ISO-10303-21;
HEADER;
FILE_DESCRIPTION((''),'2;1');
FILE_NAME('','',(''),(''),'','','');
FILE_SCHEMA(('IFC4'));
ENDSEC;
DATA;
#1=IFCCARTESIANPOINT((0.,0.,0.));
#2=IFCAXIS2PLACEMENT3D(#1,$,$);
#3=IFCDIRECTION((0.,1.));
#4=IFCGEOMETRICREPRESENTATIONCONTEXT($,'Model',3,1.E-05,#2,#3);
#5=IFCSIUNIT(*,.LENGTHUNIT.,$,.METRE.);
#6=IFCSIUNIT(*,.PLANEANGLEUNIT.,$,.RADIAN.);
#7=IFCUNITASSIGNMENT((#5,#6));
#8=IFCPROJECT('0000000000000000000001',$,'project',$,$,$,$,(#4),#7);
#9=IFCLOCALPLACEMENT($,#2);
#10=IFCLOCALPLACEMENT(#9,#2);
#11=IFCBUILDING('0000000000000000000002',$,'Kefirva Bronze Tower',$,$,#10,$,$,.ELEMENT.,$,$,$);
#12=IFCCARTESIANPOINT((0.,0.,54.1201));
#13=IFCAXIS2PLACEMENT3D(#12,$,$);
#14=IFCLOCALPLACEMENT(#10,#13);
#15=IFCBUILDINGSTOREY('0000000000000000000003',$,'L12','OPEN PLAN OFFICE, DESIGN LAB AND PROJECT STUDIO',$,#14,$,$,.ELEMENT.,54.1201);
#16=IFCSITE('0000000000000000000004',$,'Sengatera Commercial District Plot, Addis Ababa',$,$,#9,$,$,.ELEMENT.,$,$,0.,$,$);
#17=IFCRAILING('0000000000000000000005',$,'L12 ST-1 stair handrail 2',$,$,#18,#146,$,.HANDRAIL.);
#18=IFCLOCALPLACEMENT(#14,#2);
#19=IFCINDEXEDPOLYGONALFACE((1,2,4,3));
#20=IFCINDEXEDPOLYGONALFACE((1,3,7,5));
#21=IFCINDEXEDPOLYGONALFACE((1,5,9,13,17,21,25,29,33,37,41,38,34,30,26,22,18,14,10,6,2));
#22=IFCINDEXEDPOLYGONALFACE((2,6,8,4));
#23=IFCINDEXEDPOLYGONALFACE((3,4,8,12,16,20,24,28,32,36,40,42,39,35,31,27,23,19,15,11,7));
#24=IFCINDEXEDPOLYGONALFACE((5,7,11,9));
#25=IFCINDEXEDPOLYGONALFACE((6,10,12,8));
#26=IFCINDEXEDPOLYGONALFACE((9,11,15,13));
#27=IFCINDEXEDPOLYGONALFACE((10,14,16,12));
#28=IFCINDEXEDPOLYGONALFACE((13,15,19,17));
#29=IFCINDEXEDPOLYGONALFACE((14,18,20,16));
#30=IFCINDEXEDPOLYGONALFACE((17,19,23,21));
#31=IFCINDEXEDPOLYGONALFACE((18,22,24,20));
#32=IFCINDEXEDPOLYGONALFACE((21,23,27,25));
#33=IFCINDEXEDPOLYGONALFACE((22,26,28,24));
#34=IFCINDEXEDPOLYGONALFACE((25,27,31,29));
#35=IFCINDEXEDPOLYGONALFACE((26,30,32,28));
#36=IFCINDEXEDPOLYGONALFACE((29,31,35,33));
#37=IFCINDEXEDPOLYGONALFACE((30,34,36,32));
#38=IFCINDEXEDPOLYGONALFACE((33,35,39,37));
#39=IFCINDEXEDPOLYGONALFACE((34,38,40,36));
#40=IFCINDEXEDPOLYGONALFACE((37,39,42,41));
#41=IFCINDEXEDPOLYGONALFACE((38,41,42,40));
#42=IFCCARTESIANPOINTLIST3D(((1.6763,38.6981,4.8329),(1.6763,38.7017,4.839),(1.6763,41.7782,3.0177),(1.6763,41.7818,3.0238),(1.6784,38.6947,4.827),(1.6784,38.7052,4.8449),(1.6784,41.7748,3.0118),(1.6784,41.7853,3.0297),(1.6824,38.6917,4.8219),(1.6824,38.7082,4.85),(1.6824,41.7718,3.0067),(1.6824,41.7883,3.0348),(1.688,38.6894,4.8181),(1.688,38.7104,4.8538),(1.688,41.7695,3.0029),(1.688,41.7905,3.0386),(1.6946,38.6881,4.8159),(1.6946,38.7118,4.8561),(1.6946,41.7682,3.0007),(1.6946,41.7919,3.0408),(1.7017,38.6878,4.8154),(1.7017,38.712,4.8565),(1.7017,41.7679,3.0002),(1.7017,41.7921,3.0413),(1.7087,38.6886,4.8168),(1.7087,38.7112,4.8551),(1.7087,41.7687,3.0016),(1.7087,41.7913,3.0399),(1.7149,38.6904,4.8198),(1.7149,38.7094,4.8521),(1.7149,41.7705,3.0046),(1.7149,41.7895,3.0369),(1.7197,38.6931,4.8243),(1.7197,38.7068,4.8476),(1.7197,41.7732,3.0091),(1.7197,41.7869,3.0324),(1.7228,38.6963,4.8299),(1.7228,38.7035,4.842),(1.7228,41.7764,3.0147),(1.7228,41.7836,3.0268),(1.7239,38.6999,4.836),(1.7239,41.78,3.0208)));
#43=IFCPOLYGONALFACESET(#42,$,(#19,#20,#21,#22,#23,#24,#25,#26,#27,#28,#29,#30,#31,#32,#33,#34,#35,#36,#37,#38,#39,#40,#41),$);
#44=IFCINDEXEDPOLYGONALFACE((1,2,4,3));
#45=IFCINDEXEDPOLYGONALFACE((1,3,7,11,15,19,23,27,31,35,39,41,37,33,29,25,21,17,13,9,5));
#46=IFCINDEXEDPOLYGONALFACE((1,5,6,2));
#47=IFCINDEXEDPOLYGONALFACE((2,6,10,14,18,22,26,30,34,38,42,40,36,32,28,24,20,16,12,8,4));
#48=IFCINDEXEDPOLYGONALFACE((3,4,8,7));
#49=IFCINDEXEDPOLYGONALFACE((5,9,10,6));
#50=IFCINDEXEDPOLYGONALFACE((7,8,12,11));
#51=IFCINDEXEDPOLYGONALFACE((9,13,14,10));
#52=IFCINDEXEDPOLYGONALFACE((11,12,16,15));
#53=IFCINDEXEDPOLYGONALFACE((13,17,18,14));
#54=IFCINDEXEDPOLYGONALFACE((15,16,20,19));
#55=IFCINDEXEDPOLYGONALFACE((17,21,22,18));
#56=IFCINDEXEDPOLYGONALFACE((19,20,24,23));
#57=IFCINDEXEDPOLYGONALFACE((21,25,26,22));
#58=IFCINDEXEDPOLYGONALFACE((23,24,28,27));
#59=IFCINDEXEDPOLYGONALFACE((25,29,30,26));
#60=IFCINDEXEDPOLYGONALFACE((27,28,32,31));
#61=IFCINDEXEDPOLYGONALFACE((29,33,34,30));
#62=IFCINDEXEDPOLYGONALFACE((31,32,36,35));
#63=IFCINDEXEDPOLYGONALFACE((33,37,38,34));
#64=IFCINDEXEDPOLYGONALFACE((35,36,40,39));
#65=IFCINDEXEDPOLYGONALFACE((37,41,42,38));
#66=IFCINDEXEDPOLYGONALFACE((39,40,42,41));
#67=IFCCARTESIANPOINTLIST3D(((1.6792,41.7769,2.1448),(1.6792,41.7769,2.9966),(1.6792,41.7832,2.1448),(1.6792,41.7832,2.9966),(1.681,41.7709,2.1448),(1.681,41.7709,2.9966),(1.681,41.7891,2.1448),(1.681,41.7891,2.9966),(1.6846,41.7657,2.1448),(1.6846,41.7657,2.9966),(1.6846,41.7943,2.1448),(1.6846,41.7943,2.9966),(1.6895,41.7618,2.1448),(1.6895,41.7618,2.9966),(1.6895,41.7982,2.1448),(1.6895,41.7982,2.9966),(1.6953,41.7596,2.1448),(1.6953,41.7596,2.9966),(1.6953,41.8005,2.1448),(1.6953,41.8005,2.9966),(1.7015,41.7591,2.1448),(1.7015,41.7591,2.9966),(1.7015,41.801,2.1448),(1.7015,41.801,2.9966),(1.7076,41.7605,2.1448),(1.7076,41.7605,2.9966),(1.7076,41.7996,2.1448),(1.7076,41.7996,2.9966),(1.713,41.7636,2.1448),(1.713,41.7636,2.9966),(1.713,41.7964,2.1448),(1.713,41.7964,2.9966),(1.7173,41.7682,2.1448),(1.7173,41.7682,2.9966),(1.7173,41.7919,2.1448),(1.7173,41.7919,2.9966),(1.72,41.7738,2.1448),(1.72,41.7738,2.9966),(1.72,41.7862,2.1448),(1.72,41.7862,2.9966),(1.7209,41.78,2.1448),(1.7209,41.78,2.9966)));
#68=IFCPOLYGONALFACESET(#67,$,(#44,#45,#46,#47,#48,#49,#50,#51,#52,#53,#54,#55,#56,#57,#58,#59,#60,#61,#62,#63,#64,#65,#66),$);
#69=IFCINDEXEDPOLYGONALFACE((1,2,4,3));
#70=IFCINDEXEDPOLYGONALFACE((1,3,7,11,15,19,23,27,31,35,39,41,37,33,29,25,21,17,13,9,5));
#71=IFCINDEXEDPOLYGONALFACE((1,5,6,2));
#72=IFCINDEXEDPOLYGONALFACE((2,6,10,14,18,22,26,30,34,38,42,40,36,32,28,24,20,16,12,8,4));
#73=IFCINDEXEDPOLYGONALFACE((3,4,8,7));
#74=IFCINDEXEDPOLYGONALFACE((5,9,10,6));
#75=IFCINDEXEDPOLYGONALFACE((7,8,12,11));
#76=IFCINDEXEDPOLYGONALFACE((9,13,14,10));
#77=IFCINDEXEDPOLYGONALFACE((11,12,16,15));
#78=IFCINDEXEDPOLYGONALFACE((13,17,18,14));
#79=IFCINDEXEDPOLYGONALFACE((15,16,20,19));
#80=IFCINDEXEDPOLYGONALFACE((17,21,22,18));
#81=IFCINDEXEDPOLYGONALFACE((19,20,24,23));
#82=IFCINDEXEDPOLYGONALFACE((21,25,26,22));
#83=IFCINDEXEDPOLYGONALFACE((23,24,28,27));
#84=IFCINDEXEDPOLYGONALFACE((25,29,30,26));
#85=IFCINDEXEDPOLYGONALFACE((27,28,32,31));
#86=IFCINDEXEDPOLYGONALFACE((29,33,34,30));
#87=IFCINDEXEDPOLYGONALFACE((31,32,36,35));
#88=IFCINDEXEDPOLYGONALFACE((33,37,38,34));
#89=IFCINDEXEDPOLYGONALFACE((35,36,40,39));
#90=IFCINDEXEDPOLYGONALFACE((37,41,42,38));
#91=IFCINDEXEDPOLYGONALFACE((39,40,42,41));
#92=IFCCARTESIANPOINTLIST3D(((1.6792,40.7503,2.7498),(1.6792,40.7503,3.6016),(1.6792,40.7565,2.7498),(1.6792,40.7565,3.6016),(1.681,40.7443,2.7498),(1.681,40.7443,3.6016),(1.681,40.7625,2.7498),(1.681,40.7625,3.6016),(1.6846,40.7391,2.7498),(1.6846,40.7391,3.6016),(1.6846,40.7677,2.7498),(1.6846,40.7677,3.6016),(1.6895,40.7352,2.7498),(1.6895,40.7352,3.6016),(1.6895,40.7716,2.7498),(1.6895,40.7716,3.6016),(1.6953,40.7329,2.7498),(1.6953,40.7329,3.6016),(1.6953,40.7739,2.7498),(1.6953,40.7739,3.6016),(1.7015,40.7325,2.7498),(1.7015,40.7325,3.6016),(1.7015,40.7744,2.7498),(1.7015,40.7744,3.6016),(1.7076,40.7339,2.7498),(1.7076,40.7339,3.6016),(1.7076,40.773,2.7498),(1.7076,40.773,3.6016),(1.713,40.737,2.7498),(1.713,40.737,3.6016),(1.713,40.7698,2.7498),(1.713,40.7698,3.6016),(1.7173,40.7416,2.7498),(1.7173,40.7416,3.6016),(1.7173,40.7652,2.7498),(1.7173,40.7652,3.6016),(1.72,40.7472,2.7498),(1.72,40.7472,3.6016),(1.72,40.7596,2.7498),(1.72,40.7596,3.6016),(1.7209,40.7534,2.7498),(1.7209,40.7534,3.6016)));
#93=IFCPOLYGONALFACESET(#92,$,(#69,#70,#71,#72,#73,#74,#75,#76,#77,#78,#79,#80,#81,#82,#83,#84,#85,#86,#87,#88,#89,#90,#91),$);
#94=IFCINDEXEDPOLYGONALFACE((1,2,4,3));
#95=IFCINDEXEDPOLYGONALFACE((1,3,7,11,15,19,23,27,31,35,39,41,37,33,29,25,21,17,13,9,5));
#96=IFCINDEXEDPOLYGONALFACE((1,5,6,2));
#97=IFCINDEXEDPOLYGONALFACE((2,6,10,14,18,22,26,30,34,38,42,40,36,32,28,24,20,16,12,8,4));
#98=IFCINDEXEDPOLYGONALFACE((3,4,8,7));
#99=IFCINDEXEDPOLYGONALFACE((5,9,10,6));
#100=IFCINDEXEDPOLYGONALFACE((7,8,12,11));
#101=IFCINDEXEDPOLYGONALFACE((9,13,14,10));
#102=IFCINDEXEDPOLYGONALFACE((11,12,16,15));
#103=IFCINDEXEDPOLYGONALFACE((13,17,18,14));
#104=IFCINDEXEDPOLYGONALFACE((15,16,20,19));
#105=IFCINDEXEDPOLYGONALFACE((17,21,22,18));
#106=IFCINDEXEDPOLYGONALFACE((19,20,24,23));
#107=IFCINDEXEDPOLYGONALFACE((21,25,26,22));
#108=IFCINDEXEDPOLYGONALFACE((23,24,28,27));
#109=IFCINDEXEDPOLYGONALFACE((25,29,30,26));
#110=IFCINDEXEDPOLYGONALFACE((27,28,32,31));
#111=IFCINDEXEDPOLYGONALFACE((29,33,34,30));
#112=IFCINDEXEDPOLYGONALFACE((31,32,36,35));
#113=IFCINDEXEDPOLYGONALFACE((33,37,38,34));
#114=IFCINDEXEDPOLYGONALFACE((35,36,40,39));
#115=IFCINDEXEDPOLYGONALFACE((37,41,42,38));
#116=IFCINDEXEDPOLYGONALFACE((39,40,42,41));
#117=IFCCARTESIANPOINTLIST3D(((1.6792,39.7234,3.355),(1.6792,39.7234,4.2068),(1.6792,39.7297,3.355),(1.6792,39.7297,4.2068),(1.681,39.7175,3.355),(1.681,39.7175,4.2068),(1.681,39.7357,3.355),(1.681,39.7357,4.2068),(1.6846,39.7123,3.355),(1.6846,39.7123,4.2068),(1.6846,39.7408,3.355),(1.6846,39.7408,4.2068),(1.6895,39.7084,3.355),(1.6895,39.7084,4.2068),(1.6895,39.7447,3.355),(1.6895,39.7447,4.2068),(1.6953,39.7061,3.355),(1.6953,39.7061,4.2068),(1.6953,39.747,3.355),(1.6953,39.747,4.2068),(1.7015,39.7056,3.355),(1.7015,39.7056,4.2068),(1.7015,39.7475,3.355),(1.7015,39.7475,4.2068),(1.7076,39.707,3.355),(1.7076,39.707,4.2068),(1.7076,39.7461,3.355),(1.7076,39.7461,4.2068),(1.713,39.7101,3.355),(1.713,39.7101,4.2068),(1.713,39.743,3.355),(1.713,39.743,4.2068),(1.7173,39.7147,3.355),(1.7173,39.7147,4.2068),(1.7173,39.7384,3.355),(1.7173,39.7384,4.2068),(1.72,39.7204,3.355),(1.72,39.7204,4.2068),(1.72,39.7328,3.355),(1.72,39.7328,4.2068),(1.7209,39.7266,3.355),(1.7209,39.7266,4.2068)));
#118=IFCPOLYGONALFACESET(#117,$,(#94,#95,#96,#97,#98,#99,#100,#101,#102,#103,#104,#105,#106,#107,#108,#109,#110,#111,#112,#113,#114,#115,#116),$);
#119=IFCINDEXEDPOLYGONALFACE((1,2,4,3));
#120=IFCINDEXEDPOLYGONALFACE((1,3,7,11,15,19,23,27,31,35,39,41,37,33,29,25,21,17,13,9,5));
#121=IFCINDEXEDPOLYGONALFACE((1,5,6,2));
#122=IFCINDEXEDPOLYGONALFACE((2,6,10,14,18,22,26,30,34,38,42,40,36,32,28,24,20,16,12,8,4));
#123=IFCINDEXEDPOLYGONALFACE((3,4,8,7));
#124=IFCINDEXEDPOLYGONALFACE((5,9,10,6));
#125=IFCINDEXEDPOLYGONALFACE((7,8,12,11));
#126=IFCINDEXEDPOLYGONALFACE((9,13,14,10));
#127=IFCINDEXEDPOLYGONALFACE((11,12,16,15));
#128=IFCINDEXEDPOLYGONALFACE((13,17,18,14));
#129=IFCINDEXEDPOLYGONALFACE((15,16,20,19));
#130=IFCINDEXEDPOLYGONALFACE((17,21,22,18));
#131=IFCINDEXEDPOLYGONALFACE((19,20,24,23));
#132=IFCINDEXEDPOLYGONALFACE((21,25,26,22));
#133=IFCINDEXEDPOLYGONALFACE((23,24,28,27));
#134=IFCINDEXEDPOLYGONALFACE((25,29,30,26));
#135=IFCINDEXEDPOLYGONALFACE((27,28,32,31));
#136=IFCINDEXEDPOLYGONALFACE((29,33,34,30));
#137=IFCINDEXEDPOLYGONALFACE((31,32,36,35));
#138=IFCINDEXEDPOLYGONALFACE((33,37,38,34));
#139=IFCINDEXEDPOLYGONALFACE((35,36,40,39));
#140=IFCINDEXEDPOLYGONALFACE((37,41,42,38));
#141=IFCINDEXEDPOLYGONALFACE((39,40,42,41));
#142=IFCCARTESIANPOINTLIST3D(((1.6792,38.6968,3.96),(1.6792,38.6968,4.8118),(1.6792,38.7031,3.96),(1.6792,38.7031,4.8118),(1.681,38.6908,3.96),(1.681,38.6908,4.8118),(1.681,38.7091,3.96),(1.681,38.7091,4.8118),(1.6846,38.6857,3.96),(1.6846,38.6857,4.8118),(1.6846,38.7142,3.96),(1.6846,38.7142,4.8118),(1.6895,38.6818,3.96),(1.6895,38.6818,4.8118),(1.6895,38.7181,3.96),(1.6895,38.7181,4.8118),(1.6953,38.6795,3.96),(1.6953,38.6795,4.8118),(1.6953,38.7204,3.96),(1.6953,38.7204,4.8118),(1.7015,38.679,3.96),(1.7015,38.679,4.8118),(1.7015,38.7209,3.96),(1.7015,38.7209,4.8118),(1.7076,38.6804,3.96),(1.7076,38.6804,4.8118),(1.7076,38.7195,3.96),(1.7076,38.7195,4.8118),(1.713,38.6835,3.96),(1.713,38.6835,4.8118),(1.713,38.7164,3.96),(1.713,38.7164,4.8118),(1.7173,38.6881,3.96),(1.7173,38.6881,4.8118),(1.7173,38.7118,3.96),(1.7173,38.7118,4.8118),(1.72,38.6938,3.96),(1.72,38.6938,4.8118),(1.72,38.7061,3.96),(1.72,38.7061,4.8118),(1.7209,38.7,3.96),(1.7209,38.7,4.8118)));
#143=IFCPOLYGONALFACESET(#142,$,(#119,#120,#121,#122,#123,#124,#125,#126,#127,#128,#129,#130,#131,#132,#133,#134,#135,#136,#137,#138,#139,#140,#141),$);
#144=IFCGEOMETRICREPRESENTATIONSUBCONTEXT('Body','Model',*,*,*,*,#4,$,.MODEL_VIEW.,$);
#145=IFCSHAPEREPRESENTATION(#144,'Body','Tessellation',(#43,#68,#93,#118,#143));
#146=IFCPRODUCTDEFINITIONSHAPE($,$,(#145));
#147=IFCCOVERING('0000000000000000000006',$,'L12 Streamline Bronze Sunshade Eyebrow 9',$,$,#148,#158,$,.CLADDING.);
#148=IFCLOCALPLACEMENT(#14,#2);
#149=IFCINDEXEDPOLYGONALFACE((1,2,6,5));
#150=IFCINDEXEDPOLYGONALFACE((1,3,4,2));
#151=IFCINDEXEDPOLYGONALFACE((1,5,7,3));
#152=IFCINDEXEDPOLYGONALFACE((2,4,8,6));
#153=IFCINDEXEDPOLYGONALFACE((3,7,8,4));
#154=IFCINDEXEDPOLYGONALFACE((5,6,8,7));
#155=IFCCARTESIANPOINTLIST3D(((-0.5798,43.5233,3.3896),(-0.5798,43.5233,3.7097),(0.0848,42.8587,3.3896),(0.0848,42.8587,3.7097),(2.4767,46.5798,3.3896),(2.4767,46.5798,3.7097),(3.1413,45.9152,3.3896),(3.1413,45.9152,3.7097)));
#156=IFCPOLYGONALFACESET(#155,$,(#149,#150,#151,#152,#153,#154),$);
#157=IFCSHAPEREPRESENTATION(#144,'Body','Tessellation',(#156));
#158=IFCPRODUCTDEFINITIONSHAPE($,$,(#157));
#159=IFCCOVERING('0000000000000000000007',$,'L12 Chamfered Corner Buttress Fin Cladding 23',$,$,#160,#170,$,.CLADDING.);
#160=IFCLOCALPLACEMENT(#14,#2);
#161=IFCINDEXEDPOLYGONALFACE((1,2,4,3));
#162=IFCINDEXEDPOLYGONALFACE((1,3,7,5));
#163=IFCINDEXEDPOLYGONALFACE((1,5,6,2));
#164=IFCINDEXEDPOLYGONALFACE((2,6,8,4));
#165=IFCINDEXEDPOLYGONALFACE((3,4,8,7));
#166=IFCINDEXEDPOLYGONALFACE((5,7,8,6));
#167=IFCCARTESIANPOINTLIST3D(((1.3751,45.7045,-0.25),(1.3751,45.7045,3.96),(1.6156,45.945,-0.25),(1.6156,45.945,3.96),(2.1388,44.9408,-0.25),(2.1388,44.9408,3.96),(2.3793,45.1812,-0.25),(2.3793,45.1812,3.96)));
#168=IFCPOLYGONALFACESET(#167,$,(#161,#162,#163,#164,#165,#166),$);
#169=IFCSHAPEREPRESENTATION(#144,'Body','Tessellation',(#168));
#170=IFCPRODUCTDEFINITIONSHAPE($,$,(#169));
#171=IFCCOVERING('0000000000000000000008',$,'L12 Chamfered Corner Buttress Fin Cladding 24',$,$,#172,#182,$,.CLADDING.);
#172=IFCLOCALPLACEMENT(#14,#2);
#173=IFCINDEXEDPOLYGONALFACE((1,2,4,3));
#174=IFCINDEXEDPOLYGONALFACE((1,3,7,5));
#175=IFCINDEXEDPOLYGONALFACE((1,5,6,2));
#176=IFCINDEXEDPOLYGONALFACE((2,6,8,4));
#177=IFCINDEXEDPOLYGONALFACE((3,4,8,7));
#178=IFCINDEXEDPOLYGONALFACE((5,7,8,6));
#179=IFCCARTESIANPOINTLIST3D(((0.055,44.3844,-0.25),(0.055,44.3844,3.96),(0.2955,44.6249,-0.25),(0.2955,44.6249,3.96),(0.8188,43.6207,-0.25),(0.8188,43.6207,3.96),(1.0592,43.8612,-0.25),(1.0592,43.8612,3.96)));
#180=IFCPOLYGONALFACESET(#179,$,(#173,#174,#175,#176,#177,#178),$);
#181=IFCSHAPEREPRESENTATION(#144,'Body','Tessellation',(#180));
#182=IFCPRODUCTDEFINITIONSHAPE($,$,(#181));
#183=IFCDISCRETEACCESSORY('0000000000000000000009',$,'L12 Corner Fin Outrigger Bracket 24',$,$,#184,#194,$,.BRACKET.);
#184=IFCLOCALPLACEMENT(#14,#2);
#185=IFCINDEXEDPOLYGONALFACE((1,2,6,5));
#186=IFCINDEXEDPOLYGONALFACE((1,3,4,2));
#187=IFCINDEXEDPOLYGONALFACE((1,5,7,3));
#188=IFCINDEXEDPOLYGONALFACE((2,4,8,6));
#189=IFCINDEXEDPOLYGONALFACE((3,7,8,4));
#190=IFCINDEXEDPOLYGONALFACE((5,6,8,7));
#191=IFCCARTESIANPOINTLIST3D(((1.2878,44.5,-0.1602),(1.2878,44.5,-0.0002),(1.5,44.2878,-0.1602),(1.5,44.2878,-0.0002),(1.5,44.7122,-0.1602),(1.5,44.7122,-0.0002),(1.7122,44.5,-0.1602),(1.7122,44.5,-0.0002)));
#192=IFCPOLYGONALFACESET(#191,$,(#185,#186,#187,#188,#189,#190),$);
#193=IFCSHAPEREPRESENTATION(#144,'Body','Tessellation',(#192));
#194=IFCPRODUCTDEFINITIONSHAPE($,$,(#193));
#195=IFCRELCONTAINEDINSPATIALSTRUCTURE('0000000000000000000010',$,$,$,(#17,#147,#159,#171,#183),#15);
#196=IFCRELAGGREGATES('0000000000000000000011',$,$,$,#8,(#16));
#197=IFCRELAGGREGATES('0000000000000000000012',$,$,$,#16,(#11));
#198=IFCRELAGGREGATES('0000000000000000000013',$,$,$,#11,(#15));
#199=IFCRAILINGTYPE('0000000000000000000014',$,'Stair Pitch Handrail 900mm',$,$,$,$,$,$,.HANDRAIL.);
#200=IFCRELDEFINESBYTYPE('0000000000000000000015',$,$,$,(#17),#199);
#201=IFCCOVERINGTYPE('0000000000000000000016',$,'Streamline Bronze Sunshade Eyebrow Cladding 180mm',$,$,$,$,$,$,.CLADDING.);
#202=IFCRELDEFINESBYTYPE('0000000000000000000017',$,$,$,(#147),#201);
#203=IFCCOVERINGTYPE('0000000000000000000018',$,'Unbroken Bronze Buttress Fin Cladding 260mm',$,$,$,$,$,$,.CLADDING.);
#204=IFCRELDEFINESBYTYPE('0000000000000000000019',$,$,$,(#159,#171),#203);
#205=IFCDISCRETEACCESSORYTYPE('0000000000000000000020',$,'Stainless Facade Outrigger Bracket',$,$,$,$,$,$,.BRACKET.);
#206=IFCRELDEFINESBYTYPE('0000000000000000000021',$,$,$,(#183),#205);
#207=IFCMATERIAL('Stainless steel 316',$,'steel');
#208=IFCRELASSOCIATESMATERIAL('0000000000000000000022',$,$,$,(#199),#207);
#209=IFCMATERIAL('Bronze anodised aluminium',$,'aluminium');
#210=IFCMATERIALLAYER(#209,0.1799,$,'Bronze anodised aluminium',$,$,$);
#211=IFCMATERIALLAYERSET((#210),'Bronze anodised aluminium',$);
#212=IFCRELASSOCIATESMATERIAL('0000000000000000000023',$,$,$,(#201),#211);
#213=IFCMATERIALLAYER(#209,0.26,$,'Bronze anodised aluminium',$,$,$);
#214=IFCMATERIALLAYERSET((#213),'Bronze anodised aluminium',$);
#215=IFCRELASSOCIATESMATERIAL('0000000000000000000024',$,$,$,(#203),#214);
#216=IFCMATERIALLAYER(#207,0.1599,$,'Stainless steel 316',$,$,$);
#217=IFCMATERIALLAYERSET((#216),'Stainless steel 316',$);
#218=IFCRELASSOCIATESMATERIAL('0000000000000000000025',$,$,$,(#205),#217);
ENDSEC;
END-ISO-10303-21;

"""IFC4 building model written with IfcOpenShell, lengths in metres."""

from ifc_helpers import new_model, si_unit, direction, frame, origin, origin_2d, place, context, subcontext, project, spatial, rectangle, circle, extrude, material, layer, layer_set, type_object, element, save


model = new_model("IFC4")

# Units and contexts
model_context = context("Model", 3, precision=1e-05, world=origin(), true_north=direction((0.0, 1.0)))
body_context = subcontext(model_context, "Body", "Model", "MODEL_VIEW")
ifc_project = project(units=[si_unit("LENGTHUNIT", "METRE"), si_unit("PLANEANGLEUNIT", "RADIAN")], contexts=[model_context])

# Site, building, storey
site_placement = place(None, origin())
site = spatial("IfcSite", under=ifc_project, at=site_placement, Name="Sengatera Commercial District Plot, Addis Ababa", CompositionType="ELEMENT", RefElevation=0.0)
building_placement = place(site_placement, origin())
building = spatial("IfcBuilding", under=site, at=building_placement, Name="Kefirva Bronze Tower", CompositionType="ELEMENT")
storey_placement = place(building_placement, frame((0.0, 0.0, 54.1201)))
storey = spatial("IfcBuildingStorey", under=building, at=storey_placement, Name="L12", Description="OPEN PLAN OFFICE, DESIGN LAB AND PROJECT STUDIO", CompositionType="ELEMENT", Elevation=54.1201)

# Shared definitions
ifc_material_1 = material(Name="Bronze anodised aluminium", Category="aluminium")

# Railing
ifc_material_2 = material(Name="Stainless steel 316", Category="steel")
railing_type_1 = type_object("IfcRailingType", Name="Stair Pitch Handrail 900mm", PredefinedType="HANDRAIL", material=ifc_material_2)
railing_1_placement = place(storey_placement, frame((1.7, 41.78, 2.1448)))
element("IfcRailing", 1, at=railing_1_placement, inside=storey, type_object=railing_type_1, Name="L12 ST-1 stair handrail 2", PredefinedType="HANDRAIL", context=body_context, shape_type="SweptSolid", body=[
    extrude(circle(Radius=0.0239, at=origin_2d()), frame((0.0, 0.0, 0.876), z_axis=(0.0, -0.861521, 0.507721), x_axis=(1.0, 0.0, 0.0)), (0.0, 0.0, 1.0), 3.5752),
    extrude(circle(Radius=0.021, at=origin_2d()), origin(), (0.0, 0.0, 1.0), 0.8518),
    extrude(circle(Radius=0.021, at=origin_2d()), frame((0.0, -1.0266, 0.605)), (0.0, 0.0, 1.0), 0.8518),
    extrude(circle(Radius=0.021, at=origin_2d()), frame((0.0, -2.0535, 1.2102)), (0.0, 0.0, 1.0), 0.8518),
    extrude(circle(Radius=0.021, at=origin_2d()), frame((0.0, -3.0801, 1.8152)), (0.0, 0.0, 1.0), 0.8518),
])

# Coverings
ifc_layer_1 = layer(ifc_material_1, 0.1799, Name="Bronze anodised aluminium")
ifc_layer_set_1 = layer_set([ifc_layer_1], Name="Bronze anodised aluminium")
covering_type_1 = type_object("IfcCoveringType", Name="Streamline Bronze Sunshade Eyebrow Cladding 180mm", PredefinedType="CLADDING", material=ifc_layer_set_1)
covering_1_placement = place(storey_placement, frame((1.2808, 44.7192, 3.3896), z_axis=(0.0, 0.0, 1.0), x_axis=(-0.707107, -0.707107, 0.0)))
element("IfcCovering", 2, at=covering_1_placement, inside=storey, type_object=covering_type_1, Name="L12 Streamline Bronze Sunshade Eyebrow 9", PredefinedType="CLADDING", context=body_context, shape_type="SweptSolid", body=[
    extrude(rectangle(XDim=4.3225, YDim=0.9399, at=origin_2d()), origin(), (0.0, 0.0, 1.0), 0.3201),
])
ifc_layer_2 = layer(ifc_material_1, 0.26, Name="Bronze anodised aluminium")
ifc_layer_set_2 = layer_set([ifc_layer_2], Name="Bronze anodised aluminium")
covering_type_2 = type_object("IfcCoveringType", Name="Unbroken Bronze Buttress Fin Cladding 260mm", PredefinedType="CLADDING", material=ifc_layer_set_2)
for number, where, z_axis, x_axis, name in (
    (3, (1.8772, 45.4429, -0.25), (0.0, 0.0, 1.0), (-0.707107, -0.707107, 0.0), "L12 Chamfered Corner Buttress Fin Cladding 23"),
    (4, (0.5571, 44.1228, -0.25), (0.0, 0.0, 1.0), (-0.707107, -0.707107, 0.0), "L12 Chamfered Corner Buttress Fin Cladding 24"),
):
    element("IfcCovering", number, at=place(storey_placement, frame(where, z_axis=z_axis, x_axis=x_axis)), inside=storey, type_object=covering_type_2, Name=name, PredefinedType="CLADDING", context=body_context, shape_type="SweptSolid", body=[
        extrude(rectangle(XDim=0.3401, YDim=1.0801, at=origin_2d()), origin(), (0.0, 0.0, 1.0), 4.21),
    ])

# Discrete accessory
ifc_layer_3 = layer(ifc_material_2, 0.1599, Name="Stainless steel 316")
ifc_layer_set_3 = layer_set([ifc_layer_3], Name="Stainless steel 316")
discrete_accessory_type = type_object("IfcDiscreteAccessoryType", Name="Stainless Facade Outrigger Bracket", PredefinedType="BRACKET", material=ifc_layer_set_3)
discrete_accessory_placement = place(storey_placement, frame((1.5, 44.5, -0.1602), z_axis=(0.0, 0.0, 1.0), x_axis=(-0.707107, -0.707107, 0.0)))
element("IfcDiscreteAccessory", 5, at=discrete_accessory_placement, inside=storey, type_object=discrete_accessory_type, Name="L12 Corner Fin Outrigger Bracket 24", PredefinedType="BRACKET", context=body_context, shape_type="SweptSolid", body=[
    extrude(rectangle(XDim=0.3, YDim=0.3, at=origin_2d()), origin(), (0.0, 0.0, 1.0), 0.1599),
])

save(model, "model.ifc")
